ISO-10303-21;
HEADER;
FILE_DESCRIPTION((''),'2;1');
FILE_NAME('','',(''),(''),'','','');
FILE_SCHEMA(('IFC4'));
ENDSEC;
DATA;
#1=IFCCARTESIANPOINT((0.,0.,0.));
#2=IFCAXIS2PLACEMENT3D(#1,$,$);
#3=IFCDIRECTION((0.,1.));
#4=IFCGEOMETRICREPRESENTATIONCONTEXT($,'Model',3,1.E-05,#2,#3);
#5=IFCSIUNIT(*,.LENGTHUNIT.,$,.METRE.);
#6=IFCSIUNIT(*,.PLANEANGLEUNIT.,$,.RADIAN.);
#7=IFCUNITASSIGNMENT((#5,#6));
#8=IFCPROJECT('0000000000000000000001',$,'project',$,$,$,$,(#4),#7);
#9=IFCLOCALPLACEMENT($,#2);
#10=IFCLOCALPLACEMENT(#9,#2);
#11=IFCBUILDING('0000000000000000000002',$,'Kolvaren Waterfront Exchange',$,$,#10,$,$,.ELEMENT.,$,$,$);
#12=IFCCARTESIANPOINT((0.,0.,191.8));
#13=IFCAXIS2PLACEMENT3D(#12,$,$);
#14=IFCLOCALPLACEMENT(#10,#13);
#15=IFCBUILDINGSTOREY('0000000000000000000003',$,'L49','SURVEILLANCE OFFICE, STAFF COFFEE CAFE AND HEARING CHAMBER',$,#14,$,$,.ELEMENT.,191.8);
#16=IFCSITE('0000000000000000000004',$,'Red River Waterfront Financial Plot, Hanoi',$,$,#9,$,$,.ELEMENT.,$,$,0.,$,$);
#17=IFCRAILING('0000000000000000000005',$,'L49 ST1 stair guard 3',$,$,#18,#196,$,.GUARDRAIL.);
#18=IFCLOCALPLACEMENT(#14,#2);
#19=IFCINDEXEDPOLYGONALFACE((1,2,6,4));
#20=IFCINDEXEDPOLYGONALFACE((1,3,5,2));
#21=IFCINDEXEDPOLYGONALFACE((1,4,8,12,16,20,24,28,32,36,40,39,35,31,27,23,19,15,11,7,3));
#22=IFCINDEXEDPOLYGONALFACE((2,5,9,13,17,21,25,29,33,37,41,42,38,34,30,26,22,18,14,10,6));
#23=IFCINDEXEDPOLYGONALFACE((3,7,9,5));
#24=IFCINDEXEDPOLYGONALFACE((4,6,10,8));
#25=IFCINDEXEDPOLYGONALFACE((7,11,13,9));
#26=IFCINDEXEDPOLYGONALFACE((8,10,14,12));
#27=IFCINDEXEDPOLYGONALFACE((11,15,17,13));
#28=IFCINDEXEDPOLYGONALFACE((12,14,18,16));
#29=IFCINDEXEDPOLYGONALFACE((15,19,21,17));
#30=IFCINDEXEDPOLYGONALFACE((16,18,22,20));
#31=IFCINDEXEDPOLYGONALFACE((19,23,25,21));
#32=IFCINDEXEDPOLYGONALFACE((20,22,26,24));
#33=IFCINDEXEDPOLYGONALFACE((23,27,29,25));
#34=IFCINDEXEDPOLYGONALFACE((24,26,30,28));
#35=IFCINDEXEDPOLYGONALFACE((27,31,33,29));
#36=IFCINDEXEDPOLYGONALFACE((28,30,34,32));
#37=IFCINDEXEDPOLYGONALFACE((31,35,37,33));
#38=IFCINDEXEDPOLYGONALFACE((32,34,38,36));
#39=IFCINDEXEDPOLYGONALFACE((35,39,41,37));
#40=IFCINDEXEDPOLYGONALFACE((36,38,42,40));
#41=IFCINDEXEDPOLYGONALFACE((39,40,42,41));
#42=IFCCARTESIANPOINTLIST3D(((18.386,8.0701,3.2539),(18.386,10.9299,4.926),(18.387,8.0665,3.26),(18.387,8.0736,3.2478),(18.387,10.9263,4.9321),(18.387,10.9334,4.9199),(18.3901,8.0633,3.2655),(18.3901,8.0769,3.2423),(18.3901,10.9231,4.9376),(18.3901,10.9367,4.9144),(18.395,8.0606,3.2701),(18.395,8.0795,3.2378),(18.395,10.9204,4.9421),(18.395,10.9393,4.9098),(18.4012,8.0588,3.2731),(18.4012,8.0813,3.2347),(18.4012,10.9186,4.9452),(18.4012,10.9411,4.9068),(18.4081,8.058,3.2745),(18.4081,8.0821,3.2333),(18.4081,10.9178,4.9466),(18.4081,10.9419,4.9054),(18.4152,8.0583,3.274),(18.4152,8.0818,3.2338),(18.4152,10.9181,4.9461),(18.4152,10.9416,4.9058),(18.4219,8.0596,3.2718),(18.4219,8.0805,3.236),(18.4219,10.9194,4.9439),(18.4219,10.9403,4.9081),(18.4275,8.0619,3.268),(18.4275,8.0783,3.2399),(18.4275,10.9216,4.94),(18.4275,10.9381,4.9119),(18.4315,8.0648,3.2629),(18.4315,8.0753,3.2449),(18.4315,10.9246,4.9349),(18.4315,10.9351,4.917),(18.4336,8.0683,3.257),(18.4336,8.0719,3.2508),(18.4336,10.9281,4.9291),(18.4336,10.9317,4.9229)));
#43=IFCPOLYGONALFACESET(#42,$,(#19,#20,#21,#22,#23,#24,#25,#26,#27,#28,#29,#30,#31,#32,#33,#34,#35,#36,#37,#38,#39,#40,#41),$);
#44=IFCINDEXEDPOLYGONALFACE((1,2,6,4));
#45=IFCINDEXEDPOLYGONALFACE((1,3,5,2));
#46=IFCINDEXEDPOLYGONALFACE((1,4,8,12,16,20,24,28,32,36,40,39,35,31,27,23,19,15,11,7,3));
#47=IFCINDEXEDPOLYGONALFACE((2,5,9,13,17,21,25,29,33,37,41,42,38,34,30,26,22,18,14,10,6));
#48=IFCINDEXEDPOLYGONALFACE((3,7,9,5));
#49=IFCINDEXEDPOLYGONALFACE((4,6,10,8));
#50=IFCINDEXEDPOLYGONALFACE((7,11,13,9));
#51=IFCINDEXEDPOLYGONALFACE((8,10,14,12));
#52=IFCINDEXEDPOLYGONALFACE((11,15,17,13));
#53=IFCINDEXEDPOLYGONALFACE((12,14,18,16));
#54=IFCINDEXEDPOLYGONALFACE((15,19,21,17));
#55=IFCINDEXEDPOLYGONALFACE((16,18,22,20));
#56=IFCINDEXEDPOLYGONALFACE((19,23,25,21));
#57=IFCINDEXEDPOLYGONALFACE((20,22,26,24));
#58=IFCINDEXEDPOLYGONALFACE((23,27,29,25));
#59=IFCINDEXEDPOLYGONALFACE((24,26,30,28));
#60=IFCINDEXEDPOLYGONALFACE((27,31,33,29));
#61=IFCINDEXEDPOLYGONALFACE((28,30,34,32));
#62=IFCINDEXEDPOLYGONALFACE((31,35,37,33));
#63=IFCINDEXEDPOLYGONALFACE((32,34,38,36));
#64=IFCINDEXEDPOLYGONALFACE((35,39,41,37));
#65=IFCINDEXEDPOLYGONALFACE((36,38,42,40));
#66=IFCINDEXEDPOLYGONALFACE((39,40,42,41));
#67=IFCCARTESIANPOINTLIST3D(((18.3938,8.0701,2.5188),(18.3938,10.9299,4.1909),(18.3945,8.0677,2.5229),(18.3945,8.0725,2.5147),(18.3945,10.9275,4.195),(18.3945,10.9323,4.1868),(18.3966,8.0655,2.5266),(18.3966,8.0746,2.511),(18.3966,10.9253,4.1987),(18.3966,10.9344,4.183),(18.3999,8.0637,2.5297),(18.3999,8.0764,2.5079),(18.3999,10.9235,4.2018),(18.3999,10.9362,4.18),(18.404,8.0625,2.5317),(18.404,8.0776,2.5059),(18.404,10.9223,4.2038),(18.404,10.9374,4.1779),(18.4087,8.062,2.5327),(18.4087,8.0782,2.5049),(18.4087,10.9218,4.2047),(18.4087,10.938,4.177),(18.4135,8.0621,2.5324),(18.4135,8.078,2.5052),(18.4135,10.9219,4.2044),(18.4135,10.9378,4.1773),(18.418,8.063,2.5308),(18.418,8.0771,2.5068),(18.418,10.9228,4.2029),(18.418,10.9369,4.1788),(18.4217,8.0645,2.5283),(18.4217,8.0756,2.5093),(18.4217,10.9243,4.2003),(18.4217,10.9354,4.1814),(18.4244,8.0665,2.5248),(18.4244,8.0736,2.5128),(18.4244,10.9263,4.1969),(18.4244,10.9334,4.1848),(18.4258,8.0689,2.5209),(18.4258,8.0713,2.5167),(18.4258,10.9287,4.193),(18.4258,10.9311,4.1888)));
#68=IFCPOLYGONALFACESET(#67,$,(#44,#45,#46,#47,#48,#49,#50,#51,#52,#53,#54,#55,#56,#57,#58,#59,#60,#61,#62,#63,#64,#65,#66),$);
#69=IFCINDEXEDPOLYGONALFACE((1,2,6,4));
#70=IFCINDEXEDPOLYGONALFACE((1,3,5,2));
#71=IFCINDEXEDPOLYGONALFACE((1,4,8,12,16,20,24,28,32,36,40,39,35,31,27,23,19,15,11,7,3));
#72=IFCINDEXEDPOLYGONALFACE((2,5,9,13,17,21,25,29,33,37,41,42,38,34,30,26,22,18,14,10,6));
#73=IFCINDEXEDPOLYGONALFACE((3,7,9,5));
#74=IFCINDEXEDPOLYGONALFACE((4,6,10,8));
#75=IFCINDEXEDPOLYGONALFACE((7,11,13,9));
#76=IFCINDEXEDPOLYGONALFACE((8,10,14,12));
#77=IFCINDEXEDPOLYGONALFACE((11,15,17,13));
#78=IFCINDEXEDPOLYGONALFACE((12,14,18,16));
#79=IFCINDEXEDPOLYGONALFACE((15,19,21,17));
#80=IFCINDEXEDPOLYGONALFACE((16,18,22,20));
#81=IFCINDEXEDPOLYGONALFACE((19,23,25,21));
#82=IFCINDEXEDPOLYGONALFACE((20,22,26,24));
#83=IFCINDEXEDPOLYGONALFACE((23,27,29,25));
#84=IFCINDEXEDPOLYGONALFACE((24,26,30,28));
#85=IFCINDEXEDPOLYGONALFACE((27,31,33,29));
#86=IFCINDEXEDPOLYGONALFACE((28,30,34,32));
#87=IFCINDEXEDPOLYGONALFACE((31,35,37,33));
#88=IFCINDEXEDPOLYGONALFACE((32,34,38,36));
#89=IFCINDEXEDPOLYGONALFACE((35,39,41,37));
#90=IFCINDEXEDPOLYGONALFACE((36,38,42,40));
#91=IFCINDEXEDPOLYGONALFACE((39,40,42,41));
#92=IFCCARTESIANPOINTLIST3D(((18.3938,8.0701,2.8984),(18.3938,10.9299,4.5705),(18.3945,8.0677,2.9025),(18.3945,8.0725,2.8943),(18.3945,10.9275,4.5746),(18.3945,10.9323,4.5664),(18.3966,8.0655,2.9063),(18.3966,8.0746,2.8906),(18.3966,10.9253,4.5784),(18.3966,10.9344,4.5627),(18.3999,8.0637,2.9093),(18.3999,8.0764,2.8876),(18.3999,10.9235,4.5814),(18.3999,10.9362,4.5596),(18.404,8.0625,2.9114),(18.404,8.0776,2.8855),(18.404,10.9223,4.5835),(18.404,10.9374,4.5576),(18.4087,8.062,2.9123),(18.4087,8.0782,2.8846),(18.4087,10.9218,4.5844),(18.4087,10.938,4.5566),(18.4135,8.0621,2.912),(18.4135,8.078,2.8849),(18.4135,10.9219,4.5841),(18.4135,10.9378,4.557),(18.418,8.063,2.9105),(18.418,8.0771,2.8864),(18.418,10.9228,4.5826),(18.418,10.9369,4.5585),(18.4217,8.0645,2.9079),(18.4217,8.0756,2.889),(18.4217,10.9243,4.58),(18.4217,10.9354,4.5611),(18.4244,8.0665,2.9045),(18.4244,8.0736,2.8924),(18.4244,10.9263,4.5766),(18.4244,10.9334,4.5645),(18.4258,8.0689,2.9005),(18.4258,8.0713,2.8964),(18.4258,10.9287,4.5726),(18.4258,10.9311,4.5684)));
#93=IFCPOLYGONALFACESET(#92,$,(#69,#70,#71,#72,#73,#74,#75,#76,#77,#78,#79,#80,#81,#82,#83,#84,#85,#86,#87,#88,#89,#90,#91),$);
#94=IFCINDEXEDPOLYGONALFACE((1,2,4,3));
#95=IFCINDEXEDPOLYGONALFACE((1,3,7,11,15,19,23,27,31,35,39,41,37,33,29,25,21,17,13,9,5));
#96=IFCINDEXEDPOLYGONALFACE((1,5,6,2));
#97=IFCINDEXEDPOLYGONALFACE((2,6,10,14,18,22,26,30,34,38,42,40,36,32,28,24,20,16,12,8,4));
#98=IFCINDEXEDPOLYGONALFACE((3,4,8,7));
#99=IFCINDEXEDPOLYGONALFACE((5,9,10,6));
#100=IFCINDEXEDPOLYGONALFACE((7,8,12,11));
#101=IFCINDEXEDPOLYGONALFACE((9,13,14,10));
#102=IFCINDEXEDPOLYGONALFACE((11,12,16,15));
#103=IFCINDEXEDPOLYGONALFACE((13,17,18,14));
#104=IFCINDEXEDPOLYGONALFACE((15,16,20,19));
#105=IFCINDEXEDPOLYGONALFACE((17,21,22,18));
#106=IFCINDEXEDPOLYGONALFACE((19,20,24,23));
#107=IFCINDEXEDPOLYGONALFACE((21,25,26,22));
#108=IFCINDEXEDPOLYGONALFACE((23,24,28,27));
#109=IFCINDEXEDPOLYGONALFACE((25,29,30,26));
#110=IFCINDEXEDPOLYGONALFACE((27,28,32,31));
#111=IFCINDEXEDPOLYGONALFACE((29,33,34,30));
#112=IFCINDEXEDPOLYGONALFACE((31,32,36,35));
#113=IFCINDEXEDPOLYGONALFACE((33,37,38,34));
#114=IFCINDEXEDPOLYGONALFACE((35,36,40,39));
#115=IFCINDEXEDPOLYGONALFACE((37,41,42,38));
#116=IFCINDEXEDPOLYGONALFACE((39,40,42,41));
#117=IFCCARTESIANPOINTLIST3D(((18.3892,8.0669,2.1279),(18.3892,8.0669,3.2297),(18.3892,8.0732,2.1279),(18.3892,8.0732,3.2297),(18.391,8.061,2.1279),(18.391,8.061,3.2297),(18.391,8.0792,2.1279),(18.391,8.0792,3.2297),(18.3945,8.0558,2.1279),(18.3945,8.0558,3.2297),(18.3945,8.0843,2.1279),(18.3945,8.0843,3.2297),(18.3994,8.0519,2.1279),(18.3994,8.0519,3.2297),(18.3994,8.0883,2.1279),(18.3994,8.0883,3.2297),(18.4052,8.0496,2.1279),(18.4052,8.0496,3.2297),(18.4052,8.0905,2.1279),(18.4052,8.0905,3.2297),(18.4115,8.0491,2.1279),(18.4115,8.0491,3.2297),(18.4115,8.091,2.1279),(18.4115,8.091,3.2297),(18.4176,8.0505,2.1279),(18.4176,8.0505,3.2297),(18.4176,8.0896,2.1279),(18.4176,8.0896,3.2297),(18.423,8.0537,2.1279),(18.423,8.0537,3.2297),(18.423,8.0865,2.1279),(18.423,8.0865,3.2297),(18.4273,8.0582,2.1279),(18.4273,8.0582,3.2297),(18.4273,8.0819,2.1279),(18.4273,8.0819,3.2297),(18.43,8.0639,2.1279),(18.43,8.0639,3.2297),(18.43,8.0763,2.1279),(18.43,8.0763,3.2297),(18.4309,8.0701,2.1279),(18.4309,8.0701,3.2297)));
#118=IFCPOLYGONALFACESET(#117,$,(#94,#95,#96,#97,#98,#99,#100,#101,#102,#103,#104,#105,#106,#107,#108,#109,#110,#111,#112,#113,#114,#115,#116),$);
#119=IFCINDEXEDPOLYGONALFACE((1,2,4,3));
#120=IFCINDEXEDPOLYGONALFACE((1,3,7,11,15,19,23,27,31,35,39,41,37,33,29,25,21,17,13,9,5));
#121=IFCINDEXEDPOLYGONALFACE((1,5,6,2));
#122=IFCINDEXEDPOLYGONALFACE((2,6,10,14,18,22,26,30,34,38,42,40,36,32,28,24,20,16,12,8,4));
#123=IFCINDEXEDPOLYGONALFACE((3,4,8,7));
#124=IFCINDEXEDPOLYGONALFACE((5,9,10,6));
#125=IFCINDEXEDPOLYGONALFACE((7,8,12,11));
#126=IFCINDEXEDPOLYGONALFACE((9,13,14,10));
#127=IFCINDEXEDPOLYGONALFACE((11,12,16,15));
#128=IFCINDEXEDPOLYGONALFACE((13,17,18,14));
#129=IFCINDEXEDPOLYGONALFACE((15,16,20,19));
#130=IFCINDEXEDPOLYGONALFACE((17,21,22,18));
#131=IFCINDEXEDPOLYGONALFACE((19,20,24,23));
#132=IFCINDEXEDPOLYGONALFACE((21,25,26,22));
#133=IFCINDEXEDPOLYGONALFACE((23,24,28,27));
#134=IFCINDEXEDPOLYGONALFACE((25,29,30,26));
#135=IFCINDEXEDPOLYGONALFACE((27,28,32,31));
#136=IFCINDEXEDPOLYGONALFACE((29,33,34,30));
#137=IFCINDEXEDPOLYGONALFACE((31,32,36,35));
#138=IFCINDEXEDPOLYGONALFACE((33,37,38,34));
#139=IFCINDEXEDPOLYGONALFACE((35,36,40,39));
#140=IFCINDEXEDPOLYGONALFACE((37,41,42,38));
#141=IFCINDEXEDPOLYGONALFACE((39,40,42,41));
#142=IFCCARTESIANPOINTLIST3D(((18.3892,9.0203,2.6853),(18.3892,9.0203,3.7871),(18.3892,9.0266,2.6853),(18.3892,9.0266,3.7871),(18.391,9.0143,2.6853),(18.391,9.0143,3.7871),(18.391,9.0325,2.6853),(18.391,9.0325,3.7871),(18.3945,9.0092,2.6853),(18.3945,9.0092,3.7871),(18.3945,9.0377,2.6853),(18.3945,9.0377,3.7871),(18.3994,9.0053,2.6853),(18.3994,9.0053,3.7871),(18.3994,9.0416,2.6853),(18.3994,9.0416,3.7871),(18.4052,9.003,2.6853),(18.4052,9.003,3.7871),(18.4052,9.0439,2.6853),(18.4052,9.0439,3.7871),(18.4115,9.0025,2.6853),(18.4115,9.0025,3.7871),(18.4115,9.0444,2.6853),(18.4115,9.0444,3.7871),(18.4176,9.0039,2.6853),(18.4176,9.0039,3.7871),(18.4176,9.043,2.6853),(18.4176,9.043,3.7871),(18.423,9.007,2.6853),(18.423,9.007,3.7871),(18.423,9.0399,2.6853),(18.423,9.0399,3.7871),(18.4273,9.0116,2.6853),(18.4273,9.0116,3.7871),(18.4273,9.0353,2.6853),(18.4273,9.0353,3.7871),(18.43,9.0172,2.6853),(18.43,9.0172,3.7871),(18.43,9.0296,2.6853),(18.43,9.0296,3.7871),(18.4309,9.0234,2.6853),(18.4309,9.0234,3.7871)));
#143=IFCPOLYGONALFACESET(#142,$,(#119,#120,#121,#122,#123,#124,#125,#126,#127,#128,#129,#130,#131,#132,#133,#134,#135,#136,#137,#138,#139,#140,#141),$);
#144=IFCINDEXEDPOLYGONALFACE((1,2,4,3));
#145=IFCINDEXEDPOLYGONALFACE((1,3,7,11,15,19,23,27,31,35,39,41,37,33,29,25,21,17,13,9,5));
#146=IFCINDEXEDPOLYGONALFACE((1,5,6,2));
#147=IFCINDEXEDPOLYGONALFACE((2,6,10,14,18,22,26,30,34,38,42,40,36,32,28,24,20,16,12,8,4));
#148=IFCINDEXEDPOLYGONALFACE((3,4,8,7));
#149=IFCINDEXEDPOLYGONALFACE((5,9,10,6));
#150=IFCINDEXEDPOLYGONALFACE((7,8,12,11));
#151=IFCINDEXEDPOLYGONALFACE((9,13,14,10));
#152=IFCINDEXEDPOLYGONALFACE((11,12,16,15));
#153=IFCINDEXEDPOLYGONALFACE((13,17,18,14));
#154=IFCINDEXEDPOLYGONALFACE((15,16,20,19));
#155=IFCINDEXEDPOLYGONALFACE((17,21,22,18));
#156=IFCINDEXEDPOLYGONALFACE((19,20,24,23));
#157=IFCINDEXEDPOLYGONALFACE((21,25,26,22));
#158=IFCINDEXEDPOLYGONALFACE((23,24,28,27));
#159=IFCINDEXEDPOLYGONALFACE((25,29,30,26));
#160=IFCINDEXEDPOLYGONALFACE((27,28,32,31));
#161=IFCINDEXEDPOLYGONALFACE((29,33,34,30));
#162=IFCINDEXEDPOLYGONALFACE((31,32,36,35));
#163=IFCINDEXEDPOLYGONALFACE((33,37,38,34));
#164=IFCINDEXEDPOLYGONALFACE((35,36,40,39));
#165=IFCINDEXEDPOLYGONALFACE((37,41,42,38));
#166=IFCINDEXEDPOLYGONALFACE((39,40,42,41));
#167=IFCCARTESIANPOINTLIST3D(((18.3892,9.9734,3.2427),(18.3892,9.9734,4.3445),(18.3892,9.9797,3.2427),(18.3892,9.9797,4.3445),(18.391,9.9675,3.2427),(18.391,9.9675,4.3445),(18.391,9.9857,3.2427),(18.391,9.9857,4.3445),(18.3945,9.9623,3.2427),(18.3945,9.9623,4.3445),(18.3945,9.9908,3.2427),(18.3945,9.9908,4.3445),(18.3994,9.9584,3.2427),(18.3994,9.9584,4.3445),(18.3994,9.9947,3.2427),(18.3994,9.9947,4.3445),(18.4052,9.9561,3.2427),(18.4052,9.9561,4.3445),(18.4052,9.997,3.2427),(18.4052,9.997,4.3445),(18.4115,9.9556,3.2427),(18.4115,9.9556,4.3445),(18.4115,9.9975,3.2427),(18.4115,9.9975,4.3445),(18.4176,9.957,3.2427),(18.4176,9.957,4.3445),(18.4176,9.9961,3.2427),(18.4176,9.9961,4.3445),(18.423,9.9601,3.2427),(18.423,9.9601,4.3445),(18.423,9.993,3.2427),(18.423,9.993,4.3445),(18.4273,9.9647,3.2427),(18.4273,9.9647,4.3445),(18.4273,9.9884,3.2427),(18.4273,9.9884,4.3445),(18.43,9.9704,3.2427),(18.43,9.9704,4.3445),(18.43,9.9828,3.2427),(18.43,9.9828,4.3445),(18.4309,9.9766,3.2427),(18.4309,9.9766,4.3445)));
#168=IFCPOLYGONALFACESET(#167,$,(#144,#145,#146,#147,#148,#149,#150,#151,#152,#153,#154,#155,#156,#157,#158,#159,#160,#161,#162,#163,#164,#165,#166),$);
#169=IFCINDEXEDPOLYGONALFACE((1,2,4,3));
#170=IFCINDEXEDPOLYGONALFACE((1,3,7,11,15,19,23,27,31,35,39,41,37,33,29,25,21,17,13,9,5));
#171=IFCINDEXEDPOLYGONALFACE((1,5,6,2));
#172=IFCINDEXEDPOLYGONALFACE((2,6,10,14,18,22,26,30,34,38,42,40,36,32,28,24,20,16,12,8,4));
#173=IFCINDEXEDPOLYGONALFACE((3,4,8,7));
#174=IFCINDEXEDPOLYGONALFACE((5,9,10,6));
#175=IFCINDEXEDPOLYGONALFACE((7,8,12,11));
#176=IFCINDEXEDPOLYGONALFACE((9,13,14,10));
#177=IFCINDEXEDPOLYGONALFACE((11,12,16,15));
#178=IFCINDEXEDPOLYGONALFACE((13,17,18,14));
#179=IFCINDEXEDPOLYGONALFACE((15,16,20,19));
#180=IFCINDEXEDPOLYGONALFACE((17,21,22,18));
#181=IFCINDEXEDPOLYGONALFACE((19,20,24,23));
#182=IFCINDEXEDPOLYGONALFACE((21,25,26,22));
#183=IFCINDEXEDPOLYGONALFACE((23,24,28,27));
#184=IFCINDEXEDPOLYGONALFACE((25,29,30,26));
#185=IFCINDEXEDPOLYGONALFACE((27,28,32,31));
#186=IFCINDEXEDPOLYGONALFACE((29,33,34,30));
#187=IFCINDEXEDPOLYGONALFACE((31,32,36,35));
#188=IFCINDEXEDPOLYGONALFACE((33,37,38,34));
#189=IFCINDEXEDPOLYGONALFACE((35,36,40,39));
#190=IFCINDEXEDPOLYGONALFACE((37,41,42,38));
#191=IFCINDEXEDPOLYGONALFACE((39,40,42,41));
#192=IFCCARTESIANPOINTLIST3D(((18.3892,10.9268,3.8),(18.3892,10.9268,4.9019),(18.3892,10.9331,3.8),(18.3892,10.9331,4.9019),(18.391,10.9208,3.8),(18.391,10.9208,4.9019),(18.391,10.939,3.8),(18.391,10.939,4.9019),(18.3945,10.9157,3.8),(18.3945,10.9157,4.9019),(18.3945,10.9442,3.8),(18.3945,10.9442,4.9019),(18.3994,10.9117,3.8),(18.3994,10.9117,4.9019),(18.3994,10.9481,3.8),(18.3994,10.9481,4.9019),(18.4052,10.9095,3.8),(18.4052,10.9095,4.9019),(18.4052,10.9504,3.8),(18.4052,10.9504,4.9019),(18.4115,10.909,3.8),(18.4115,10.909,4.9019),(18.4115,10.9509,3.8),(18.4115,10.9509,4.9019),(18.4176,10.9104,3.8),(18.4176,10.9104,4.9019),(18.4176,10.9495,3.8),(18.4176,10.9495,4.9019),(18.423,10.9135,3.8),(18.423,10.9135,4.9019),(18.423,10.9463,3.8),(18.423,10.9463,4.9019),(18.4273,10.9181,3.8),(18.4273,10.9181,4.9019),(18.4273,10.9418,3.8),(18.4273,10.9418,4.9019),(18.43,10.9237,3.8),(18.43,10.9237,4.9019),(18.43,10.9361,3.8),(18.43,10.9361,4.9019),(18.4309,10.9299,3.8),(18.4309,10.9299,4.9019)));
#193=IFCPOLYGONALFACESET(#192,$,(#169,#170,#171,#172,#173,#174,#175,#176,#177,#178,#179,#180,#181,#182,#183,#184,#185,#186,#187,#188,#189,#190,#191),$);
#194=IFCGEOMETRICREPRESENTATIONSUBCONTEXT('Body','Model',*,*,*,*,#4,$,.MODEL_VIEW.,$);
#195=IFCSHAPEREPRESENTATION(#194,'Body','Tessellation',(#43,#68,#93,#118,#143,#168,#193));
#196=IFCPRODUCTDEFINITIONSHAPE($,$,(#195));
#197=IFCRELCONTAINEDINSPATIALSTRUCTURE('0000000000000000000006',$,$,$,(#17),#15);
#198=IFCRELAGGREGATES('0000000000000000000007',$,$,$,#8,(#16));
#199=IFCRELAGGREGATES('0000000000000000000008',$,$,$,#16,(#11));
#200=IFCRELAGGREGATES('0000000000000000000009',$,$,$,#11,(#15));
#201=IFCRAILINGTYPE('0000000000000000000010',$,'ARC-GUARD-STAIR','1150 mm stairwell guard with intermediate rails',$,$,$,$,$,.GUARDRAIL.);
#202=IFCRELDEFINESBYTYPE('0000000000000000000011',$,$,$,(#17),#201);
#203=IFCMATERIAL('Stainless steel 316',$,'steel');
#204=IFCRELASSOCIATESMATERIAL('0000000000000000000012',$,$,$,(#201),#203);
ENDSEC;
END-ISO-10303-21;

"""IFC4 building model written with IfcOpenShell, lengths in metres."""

from ifc_helpers import new_model, si_unit, direction, frame, origin, origin_2d, place, context, subcontext, project, spatial, circle, extrude, material, type_object, element, save


model = new_model("IFC4")

# Units and contexts
model_context = context("Model", 3, precision=1e-05, world=origin(), true_north=direction((0.0, 1.0)))
body_context = subcontext(model_context, "Body", "Model", "MODEL_VIEW")
ifc_project = project(units=[si_unit("LENGTHUNIT", "METRE"), si_unit("PLANEANGLEUNIT", "RADIAN")], contexts=[model_context])

# Site, building, storey
site_placement = place(None, origin())
site = spatial("IfcSite", under=ifc_project, at=site_placement, Name="Red River Waterfront Financial Plot, Hanoi", CompositionType="ELEMENT", RefElevation=0.0)
building_placement = place(site_placement, origin())
building = spatial("IfcBuilding", under=site, at=building_placement, Name="Kolvaren Waterfront Exchange", CompositionType="ELEMENT")
storey_placement = place(building_placement, frame((0.0, 0.0, 191.8)))
storey = spatial("IfcBuildingStorey", under=building, at=storey_placement, Name="L49", Description="SURVEILLANCE OFFICE, STAFF COFFEE CAFE AND HEARING CHAMBER", CompositionType="ELEMENT", Elevation=191.8)

# Railing
ifc_material_1 = material(Name="Stainless steel 316", Category="steel")
railing_type_1 = type_object("IfcRailingType", Name="ARC-GUARD-STAIR", Description="1150 mm stairwell guard with intermediate rails", PredefinedType="GUARDRAIL", material=ifc_material_1)
railing_1_placement = place(storey_placement, frame((18.4099, 8.0701, 2.1279)))
element("IfcRailing", 1, at=railing_1_placement, inside=storey, type_object=railing_type_1, Name="L49 ST1 stair guard 3", PredefinedType="GUARDRAIL", context=body_context, shape_type="SweptSolid", body=[
    extrude(circle(Radius=0.0239, at=origin_2d()), frame((0.0, 0.0, 1.126), z_axis=(0.0, 0.863271, 0.504741), x_axis=(-1.0, 0.0, 0.0)), (0.0, 0.0, 1.0), 3.3127),
    extrude(circle(Radius=0.0161, at=origin_2d()), frame((0.0, 0.0, 0.3909), z_axis=(0.0, 0.863271, 0.504741), x_axis=(-1.0, 0.0, 0.0)), (0.0, 0.0, 1.0), 3.3127),
    extrude(circle(Radius=0.0161, at=origin_2d()), frame((0.0, 0.0, 0.7705), z_axis=(0.0, 0.863271, 0.504741), x_axis=(-1.0, 0.0, 0.0)), (0.0, 0.0, 1.0), 3.3127),
    extrude(circle(Radius=0.021, at=origin_2d()), origin(), (0.0, 0.0, 1.0), 1.1018),
    extrude(circle(Radius=0.021, at=origin_2d()), frame((0.0, 0.9534, 0.5574)), (0.0, 0.0, 1.0), 1.1018),
    extrude(circle(Radius=0.021, at=origin_2d()), frame((0.0, 1.9065, 1.1147)), (0.0, 0.0, 1.0), 1.1018),
    extrude(circle(Radius=0.021, at=origin_2d()), frame((0.0, 2.8599, 1.6721)), (0.0, 0.0, 1.0), 1.1018),
])

save(model, "model.ifc")
